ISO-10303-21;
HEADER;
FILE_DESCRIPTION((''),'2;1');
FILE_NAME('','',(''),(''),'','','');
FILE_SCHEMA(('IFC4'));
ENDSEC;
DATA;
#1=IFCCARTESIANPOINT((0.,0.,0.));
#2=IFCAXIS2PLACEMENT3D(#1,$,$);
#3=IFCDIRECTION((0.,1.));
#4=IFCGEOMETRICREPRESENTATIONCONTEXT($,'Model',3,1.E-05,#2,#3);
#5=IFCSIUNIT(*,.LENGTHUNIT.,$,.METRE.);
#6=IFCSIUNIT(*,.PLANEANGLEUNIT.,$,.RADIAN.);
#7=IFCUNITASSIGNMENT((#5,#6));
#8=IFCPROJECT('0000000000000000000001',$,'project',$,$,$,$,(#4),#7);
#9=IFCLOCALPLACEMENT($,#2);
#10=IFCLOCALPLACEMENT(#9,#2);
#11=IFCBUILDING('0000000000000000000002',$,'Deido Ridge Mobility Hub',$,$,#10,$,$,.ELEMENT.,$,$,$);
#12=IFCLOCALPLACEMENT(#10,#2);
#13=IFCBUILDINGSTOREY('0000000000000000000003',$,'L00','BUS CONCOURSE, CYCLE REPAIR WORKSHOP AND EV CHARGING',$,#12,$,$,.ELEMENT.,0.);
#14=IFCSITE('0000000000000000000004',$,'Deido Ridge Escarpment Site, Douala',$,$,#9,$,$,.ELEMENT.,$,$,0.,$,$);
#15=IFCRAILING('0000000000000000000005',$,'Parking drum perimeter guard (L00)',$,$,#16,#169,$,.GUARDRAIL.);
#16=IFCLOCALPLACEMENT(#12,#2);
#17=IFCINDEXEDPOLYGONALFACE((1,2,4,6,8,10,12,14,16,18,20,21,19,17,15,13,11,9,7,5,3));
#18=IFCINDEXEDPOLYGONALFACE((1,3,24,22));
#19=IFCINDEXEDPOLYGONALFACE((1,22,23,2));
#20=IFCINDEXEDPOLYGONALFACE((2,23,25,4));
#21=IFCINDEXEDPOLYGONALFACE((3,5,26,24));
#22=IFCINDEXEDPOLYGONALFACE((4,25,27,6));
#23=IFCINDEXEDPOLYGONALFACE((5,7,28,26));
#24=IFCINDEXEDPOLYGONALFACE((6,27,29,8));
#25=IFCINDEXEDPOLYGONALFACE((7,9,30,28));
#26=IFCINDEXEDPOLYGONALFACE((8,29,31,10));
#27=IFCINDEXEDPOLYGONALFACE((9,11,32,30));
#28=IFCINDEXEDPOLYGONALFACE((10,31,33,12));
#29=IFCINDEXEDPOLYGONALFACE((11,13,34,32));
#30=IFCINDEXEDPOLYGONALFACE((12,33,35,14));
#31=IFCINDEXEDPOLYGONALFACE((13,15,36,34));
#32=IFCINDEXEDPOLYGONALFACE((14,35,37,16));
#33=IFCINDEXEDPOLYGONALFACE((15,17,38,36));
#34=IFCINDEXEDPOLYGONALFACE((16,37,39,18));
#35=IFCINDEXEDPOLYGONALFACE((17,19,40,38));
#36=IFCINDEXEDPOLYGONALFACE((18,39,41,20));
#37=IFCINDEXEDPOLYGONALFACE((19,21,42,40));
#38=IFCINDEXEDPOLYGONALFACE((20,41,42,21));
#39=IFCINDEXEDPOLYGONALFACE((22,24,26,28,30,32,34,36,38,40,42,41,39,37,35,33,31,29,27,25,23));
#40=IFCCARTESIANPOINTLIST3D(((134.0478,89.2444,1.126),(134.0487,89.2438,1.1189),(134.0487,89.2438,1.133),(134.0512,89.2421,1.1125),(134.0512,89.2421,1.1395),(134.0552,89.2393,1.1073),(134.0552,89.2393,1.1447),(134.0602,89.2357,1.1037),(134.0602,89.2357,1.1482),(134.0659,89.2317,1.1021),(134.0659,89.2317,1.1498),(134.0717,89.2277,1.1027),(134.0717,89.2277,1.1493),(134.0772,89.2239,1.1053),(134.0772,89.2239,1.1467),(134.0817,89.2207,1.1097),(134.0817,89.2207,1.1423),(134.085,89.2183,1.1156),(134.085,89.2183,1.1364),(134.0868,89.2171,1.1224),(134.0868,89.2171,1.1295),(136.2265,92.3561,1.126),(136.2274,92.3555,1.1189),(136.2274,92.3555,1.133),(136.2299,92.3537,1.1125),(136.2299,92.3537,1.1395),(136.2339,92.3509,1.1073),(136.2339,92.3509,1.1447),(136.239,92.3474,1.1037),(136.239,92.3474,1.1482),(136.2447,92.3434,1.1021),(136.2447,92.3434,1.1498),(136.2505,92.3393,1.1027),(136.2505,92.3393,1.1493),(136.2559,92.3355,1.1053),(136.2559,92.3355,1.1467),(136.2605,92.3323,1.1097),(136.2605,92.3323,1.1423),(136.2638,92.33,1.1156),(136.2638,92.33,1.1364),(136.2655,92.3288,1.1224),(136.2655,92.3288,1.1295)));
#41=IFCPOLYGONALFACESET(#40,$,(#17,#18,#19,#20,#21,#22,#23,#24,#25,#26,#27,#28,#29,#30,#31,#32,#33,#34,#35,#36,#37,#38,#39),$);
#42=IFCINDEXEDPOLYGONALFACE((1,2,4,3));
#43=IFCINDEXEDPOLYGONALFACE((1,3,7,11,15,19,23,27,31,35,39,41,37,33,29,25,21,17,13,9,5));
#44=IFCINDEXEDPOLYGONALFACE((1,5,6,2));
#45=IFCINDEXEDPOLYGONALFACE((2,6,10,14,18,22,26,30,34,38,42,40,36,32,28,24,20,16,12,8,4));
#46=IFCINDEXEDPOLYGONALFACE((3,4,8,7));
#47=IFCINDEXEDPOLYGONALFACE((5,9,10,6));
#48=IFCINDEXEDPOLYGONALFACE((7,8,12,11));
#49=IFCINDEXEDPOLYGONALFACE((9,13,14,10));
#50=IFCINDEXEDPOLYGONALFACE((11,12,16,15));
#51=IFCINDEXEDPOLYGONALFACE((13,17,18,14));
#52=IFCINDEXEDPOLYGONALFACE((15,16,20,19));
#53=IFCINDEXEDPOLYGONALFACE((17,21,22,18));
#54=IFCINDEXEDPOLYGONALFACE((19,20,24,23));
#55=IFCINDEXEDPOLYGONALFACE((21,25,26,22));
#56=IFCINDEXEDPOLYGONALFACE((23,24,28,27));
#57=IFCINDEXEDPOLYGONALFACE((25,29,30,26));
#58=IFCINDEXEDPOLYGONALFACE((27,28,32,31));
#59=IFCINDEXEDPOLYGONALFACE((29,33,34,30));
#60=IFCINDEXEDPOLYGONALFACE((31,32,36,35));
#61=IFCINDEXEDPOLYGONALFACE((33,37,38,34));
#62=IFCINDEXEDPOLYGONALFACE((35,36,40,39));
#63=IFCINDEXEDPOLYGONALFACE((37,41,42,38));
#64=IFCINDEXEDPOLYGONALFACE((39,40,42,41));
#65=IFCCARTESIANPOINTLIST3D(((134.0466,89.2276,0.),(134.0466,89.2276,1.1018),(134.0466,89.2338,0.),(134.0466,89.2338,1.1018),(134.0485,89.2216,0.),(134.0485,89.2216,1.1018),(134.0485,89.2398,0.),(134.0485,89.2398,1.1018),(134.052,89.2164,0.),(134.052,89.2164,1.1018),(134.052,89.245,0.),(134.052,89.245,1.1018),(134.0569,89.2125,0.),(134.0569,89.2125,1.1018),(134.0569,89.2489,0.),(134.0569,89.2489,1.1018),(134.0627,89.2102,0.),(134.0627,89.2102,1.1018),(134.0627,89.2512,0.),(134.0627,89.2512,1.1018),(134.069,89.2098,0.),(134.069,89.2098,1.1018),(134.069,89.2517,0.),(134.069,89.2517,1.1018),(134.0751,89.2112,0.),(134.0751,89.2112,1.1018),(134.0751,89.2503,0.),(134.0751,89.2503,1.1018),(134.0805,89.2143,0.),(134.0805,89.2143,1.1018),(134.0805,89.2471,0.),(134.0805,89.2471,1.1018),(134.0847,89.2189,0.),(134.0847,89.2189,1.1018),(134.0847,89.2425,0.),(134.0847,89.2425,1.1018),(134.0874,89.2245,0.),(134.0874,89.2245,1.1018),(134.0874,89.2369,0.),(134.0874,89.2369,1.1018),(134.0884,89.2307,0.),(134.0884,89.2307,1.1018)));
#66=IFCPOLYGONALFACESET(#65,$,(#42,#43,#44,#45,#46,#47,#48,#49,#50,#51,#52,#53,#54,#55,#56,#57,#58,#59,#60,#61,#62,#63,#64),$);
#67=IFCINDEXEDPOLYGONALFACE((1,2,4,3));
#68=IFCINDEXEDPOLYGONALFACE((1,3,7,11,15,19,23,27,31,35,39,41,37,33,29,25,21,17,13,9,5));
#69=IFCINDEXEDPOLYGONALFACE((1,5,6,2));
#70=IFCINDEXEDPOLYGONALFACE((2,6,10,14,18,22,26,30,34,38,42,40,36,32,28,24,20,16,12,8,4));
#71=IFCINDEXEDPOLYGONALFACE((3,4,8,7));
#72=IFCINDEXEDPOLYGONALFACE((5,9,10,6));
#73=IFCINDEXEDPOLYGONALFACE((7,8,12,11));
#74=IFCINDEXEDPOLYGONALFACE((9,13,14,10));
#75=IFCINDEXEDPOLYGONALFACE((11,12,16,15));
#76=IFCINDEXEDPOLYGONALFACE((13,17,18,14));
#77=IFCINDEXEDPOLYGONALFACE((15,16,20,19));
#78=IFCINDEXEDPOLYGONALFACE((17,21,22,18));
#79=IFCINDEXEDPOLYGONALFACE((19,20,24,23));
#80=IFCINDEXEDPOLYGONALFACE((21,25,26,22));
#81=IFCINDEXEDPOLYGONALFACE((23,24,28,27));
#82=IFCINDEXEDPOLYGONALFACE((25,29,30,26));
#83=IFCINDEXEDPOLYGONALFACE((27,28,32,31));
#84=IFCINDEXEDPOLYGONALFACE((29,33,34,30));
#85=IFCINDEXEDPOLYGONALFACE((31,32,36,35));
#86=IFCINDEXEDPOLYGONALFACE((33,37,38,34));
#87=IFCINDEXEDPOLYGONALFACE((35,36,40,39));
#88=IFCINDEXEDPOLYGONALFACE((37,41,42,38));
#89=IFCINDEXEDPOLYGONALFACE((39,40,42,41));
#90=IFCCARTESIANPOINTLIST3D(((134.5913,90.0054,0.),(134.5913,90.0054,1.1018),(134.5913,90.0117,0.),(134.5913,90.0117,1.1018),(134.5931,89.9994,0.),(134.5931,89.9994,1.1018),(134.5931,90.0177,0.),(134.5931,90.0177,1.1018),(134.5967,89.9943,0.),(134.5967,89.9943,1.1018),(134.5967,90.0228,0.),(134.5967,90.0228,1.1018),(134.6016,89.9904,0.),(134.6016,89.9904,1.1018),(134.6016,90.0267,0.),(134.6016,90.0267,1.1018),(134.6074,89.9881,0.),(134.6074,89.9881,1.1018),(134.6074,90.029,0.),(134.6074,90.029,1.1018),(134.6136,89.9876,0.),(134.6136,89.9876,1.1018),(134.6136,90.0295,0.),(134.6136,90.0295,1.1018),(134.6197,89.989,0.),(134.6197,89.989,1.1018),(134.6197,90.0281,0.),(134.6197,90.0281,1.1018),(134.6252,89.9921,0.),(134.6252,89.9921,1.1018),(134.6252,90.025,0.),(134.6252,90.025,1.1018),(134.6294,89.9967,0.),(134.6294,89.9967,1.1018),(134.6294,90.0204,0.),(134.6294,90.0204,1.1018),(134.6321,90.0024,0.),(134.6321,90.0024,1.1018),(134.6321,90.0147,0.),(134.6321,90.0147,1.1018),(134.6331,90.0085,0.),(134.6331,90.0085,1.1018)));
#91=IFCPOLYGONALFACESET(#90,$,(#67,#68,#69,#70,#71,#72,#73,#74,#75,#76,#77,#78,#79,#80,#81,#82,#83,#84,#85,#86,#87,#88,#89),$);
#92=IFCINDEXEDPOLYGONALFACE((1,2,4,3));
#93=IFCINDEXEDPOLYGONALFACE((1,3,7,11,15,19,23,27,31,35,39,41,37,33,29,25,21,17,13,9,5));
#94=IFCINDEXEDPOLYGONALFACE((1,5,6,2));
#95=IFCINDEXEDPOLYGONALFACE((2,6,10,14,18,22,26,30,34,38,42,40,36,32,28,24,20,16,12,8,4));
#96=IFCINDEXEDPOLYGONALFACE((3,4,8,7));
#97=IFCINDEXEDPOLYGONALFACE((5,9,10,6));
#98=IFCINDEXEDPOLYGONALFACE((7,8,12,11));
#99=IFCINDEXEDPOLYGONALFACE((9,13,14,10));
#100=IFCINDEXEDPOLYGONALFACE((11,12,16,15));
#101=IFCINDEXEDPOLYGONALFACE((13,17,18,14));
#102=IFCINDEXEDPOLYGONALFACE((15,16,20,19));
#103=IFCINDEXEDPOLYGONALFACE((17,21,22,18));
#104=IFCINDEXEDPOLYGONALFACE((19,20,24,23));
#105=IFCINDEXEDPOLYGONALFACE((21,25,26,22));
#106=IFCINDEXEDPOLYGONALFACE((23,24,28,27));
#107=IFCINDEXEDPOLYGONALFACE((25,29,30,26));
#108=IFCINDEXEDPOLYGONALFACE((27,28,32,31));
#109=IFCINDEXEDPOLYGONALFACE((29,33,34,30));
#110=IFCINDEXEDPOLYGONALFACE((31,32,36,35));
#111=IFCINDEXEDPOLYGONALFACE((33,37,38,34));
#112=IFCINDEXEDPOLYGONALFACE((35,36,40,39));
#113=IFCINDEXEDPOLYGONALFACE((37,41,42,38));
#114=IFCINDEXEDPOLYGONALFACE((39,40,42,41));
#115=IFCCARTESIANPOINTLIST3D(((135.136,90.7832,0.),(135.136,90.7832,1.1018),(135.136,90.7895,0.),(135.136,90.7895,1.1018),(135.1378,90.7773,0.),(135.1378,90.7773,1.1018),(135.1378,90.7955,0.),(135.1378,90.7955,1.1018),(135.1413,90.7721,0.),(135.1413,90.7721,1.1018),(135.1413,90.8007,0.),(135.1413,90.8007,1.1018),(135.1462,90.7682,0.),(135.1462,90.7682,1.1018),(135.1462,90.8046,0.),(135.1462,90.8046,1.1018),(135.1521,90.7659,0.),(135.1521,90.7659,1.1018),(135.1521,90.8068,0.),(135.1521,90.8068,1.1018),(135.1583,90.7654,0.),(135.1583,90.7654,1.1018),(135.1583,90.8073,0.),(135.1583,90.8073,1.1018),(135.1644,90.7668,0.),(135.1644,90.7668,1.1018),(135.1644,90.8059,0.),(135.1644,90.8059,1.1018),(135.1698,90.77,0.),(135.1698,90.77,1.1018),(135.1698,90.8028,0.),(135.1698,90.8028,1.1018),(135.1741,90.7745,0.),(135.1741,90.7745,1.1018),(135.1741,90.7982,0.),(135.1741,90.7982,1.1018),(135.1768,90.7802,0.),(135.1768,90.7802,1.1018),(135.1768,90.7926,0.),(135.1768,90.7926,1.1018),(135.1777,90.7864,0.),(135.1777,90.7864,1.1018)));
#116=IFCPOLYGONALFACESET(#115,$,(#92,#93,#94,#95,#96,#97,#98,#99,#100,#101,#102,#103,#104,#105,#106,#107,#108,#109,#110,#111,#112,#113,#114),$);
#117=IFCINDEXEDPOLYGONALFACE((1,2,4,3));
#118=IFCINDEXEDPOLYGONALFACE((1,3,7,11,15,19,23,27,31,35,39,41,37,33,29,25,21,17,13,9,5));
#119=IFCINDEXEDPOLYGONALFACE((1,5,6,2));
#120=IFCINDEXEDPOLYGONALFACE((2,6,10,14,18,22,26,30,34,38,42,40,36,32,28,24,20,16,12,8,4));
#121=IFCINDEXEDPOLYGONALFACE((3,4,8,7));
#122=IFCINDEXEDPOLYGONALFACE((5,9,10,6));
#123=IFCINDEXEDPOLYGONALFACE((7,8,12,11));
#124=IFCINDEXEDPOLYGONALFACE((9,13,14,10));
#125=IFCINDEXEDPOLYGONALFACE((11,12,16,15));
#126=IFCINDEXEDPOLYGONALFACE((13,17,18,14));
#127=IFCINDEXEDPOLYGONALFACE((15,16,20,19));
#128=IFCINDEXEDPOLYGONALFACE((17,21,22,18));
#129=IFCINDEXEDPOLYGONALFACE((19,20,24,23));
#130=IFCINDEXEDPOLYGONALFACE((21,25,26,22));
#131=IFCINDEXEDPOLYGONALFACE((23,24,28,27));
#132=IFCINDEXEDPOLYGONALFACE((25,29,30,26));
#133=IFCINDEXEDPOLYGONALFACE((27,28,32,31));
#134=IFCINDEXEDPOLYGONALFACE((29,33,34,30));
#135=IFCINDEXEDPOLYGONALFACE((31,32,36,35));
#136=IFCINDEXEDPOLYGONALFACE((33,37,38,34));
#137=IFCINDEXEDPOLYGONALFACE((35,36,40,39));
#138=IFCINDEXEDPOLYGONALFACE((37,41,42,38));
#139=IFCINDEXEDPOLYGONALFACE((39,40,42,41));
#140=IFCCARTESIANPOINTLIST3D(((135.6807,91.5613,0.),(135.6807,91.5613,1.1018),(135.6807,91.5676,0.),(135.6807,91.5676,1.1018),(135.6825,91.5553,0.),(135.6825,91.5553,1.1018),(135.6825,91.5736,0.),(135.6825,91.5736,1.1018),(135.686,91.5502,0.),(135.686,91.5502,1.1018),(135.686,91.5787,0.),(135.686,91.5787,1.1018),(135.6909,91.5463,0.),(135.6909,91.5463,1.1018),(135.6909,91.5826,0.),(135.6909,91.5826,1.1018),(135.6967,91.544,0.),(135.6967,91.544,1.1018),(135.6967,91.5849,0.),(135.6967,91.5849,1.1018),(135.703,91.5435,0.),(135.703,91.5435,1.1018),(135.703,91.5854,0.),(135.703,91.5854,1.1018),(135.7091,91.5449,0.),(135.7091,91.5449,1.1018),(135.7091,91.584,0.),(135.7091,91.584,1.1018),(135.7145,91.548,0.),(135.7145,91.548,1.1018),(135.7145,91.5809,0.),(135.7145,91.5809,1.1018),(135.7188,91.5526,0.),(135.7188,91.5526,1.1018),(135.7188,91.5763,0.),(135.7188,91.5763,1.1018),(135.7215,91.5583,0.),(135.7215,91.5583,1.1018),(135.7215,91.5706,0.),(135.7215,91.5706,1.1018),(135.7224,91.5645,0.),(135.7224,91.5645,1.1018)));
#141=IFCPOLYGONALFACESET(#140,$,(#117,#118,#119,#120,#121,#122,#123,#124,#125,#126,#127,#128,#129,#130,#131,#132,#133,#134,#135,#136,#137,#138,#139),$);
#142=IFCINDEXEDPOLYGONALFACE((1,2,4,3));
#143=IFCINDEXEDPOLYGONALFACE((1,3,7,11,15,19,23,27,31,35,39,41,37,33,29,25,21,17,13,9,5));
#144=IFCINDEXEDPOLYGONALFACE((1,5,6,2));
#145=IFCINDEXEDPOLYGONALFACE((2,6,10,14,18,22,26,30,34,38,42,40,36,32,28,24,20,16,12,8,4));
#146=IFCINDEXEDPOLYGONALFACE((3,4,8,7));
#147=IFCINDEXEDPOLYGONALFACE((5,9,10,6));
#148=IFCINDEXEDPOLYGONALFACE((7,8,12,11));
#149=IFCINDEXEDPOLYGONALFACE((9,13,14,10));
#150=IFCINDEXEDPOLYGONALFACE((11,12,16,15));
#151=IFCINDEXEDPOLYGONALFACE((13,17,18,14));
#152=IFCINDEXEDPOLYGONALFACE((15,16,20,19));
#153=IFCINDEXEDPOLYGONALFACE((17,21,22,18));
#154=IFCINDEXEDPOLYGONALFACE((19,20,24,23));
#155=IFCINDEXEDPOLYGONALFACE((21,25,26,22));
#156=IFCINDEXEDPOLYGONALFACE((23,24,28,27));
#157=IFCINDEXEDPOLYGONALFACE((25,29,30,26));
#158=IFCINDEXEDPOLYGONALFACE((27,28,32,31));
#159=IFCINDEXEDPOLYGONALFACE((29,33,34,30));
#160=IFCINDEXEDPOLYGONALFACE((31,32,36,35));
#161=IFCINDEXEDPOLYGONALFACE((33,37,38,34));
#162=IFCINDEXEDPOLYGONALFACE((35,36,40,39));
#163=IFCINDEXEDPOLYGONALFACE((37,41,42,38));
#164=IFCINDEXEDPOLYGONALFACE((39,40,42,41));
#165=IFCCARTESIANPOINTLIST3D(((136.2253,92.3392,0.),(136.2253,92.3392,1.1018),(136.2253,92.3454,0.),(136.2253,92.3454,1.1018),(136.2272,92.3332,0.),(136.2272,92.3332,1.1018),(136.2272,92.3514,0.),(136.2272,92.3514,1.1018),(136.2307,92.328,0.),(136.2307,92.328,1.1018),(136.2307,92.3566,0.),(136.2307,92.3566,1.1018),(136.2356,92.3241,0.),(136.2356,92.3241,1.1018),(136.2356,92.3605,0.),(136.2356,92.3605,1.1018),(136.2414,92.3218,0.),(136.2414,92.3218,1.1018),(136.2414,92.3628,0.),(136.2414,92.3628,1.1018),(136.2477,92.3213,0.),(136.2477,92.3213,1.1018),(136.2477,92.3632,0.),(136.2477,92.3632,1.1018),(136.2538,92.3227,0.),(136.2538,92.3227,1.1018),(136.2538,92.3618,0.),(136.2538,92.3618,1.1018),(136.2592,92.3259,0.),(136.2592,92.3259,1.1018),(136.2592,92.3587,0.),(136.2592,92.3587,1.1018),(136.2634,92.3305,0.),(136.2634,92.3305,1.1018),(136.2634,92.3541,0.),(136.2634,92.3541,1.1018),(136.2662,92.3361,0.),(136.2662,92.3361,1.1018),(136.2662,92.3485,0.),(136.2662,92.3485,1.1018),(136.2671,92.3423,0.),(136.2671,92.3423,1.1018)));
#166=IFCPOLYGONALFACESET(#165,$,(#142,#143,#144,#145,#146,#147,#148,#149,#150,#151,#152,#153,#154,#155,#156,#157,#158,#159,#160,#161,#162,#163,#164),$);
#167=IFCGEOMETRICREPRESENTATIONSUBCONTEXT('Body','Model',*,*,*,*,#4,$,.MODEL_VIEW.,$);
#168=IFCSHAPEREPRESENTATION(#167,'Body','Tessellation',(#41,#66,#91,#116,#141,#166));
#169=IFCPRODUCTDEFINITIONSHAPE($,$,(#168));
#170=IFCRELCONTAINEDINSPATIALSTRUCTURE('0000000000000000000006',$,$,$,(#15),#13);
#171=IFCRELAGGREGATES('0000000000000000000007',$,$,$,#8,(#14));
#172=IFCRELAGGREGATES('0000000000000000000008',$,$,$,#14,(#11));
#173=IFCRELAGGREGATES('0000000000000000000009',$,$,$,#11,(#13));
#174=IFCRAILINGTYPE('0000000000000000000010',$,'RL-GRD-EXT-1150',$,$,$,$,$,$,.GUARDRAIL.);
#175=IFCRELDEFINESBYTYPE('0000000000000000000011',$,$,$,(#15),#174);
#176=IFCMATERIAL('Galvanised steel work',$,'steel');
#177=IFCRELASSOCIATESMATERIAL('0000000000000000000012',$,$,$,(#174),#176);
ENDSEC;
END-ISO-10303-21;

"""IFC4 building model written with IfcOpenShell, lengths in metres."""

from ifc_helpers import new_model, si_unit, direction, frame, origin, origin_2d, place, context, subcontext, project, spatial, circle, extrude, material, type_object, element, save


model = new_model("IFC4")

# Units and contexts
model_context = context("Model", 3, precision=1e-05, world=origin(), true_north=direction((0.0, 1.0)))
body_context = subcontext(model_context, "Body", "Model", "MODEL_VIEW")
ifc_project = project(units=[si_unit("LENGTHUNIT", "METRE"), si_unit("PLANEANGLEUNIT", "RADIAN")], contexts=[model_context])

# Site, building, storey
site_placement = place(None, origin())
site = spatial("IfcSite", under=ifc_project, at=site_placement, Name="Deido Ridge Escarpment Site, Douala", CompositionType="ELEMENT", RefElevation=0.0)
building_placement = place(site_placement, origin())
building = spatial("IfcBuilding", under=site, at=building_placement, Name="Deido Ridge Mobility Hub", CompositionType="ELEMENT")
storey_placement = place(building_placement, origin())
storey = spatial("IfcBuildingStorey", under=building, at=storey_placement, Name="L00", Description="BUS CONCOURSE, CYCLE REPAIR WORKSHOP AND EV CHARGING", CompositionType="ELEMENT", Elevation=0.0)

# Railing
ifc_material_1 = material(Name="Galvanised steel work", Category="steel")
railing_type = type_object("IfcRailingType", Name="RL-GRD-EXT-1150", PredefinedType="GUARDRAIL", material=ifc_material_1)
railing_1_placement = place(storey_placement, frame((134.0674, 89.2307, 0.0)))
element("IfcRailing", 1, at=railing_1_placement, inside=storey, type_object=railing_type, Name="Parking drum perimeter guard (L00)", PredefinedType="GUARDRAIL", context=body_context, shape_type="SweptSolid", body=[
    extrude(circle(Radius=0.0239, at=origin_2d()), frame((0.0, 0.0, 1.126), z_axis=(0.57357, 0.819156, 0.0), x_axis=(-0.819156, 0.57357, 0.0)), (0.0, 0.0, 1.0), 3.7986),
    extrude(circle(Radius=0.021, at=origin_2d()), origin(), (0.0, 0.0, 1.0), 1.1018),
    extrude(circle(Radius=0.021, at=origin_2d()), frame((0.5447, 0.7778, 0.0)), (0.0, 0.0, 1.0), 1.1018),
    extrude(circle(Radius=0.021, at=origin_2d()), frame((1.0894, 1.5557, 0.0)), (0.0, 0.0, 1.0), 1.1018),
    extrude(circle(Radius=0.021, at=origin_2d()), frame((1.634, 2.3337, 0.0)), (0.0, 0.0, 1.0), 1.1018),
    extrude(circle(Radius=0.021, at=origin_2d()), frame((2.1787, 3.1116, 0.0)), (0.0, 0.0, 1.0), 1.1018),
])

save(model, "model.ifc")
